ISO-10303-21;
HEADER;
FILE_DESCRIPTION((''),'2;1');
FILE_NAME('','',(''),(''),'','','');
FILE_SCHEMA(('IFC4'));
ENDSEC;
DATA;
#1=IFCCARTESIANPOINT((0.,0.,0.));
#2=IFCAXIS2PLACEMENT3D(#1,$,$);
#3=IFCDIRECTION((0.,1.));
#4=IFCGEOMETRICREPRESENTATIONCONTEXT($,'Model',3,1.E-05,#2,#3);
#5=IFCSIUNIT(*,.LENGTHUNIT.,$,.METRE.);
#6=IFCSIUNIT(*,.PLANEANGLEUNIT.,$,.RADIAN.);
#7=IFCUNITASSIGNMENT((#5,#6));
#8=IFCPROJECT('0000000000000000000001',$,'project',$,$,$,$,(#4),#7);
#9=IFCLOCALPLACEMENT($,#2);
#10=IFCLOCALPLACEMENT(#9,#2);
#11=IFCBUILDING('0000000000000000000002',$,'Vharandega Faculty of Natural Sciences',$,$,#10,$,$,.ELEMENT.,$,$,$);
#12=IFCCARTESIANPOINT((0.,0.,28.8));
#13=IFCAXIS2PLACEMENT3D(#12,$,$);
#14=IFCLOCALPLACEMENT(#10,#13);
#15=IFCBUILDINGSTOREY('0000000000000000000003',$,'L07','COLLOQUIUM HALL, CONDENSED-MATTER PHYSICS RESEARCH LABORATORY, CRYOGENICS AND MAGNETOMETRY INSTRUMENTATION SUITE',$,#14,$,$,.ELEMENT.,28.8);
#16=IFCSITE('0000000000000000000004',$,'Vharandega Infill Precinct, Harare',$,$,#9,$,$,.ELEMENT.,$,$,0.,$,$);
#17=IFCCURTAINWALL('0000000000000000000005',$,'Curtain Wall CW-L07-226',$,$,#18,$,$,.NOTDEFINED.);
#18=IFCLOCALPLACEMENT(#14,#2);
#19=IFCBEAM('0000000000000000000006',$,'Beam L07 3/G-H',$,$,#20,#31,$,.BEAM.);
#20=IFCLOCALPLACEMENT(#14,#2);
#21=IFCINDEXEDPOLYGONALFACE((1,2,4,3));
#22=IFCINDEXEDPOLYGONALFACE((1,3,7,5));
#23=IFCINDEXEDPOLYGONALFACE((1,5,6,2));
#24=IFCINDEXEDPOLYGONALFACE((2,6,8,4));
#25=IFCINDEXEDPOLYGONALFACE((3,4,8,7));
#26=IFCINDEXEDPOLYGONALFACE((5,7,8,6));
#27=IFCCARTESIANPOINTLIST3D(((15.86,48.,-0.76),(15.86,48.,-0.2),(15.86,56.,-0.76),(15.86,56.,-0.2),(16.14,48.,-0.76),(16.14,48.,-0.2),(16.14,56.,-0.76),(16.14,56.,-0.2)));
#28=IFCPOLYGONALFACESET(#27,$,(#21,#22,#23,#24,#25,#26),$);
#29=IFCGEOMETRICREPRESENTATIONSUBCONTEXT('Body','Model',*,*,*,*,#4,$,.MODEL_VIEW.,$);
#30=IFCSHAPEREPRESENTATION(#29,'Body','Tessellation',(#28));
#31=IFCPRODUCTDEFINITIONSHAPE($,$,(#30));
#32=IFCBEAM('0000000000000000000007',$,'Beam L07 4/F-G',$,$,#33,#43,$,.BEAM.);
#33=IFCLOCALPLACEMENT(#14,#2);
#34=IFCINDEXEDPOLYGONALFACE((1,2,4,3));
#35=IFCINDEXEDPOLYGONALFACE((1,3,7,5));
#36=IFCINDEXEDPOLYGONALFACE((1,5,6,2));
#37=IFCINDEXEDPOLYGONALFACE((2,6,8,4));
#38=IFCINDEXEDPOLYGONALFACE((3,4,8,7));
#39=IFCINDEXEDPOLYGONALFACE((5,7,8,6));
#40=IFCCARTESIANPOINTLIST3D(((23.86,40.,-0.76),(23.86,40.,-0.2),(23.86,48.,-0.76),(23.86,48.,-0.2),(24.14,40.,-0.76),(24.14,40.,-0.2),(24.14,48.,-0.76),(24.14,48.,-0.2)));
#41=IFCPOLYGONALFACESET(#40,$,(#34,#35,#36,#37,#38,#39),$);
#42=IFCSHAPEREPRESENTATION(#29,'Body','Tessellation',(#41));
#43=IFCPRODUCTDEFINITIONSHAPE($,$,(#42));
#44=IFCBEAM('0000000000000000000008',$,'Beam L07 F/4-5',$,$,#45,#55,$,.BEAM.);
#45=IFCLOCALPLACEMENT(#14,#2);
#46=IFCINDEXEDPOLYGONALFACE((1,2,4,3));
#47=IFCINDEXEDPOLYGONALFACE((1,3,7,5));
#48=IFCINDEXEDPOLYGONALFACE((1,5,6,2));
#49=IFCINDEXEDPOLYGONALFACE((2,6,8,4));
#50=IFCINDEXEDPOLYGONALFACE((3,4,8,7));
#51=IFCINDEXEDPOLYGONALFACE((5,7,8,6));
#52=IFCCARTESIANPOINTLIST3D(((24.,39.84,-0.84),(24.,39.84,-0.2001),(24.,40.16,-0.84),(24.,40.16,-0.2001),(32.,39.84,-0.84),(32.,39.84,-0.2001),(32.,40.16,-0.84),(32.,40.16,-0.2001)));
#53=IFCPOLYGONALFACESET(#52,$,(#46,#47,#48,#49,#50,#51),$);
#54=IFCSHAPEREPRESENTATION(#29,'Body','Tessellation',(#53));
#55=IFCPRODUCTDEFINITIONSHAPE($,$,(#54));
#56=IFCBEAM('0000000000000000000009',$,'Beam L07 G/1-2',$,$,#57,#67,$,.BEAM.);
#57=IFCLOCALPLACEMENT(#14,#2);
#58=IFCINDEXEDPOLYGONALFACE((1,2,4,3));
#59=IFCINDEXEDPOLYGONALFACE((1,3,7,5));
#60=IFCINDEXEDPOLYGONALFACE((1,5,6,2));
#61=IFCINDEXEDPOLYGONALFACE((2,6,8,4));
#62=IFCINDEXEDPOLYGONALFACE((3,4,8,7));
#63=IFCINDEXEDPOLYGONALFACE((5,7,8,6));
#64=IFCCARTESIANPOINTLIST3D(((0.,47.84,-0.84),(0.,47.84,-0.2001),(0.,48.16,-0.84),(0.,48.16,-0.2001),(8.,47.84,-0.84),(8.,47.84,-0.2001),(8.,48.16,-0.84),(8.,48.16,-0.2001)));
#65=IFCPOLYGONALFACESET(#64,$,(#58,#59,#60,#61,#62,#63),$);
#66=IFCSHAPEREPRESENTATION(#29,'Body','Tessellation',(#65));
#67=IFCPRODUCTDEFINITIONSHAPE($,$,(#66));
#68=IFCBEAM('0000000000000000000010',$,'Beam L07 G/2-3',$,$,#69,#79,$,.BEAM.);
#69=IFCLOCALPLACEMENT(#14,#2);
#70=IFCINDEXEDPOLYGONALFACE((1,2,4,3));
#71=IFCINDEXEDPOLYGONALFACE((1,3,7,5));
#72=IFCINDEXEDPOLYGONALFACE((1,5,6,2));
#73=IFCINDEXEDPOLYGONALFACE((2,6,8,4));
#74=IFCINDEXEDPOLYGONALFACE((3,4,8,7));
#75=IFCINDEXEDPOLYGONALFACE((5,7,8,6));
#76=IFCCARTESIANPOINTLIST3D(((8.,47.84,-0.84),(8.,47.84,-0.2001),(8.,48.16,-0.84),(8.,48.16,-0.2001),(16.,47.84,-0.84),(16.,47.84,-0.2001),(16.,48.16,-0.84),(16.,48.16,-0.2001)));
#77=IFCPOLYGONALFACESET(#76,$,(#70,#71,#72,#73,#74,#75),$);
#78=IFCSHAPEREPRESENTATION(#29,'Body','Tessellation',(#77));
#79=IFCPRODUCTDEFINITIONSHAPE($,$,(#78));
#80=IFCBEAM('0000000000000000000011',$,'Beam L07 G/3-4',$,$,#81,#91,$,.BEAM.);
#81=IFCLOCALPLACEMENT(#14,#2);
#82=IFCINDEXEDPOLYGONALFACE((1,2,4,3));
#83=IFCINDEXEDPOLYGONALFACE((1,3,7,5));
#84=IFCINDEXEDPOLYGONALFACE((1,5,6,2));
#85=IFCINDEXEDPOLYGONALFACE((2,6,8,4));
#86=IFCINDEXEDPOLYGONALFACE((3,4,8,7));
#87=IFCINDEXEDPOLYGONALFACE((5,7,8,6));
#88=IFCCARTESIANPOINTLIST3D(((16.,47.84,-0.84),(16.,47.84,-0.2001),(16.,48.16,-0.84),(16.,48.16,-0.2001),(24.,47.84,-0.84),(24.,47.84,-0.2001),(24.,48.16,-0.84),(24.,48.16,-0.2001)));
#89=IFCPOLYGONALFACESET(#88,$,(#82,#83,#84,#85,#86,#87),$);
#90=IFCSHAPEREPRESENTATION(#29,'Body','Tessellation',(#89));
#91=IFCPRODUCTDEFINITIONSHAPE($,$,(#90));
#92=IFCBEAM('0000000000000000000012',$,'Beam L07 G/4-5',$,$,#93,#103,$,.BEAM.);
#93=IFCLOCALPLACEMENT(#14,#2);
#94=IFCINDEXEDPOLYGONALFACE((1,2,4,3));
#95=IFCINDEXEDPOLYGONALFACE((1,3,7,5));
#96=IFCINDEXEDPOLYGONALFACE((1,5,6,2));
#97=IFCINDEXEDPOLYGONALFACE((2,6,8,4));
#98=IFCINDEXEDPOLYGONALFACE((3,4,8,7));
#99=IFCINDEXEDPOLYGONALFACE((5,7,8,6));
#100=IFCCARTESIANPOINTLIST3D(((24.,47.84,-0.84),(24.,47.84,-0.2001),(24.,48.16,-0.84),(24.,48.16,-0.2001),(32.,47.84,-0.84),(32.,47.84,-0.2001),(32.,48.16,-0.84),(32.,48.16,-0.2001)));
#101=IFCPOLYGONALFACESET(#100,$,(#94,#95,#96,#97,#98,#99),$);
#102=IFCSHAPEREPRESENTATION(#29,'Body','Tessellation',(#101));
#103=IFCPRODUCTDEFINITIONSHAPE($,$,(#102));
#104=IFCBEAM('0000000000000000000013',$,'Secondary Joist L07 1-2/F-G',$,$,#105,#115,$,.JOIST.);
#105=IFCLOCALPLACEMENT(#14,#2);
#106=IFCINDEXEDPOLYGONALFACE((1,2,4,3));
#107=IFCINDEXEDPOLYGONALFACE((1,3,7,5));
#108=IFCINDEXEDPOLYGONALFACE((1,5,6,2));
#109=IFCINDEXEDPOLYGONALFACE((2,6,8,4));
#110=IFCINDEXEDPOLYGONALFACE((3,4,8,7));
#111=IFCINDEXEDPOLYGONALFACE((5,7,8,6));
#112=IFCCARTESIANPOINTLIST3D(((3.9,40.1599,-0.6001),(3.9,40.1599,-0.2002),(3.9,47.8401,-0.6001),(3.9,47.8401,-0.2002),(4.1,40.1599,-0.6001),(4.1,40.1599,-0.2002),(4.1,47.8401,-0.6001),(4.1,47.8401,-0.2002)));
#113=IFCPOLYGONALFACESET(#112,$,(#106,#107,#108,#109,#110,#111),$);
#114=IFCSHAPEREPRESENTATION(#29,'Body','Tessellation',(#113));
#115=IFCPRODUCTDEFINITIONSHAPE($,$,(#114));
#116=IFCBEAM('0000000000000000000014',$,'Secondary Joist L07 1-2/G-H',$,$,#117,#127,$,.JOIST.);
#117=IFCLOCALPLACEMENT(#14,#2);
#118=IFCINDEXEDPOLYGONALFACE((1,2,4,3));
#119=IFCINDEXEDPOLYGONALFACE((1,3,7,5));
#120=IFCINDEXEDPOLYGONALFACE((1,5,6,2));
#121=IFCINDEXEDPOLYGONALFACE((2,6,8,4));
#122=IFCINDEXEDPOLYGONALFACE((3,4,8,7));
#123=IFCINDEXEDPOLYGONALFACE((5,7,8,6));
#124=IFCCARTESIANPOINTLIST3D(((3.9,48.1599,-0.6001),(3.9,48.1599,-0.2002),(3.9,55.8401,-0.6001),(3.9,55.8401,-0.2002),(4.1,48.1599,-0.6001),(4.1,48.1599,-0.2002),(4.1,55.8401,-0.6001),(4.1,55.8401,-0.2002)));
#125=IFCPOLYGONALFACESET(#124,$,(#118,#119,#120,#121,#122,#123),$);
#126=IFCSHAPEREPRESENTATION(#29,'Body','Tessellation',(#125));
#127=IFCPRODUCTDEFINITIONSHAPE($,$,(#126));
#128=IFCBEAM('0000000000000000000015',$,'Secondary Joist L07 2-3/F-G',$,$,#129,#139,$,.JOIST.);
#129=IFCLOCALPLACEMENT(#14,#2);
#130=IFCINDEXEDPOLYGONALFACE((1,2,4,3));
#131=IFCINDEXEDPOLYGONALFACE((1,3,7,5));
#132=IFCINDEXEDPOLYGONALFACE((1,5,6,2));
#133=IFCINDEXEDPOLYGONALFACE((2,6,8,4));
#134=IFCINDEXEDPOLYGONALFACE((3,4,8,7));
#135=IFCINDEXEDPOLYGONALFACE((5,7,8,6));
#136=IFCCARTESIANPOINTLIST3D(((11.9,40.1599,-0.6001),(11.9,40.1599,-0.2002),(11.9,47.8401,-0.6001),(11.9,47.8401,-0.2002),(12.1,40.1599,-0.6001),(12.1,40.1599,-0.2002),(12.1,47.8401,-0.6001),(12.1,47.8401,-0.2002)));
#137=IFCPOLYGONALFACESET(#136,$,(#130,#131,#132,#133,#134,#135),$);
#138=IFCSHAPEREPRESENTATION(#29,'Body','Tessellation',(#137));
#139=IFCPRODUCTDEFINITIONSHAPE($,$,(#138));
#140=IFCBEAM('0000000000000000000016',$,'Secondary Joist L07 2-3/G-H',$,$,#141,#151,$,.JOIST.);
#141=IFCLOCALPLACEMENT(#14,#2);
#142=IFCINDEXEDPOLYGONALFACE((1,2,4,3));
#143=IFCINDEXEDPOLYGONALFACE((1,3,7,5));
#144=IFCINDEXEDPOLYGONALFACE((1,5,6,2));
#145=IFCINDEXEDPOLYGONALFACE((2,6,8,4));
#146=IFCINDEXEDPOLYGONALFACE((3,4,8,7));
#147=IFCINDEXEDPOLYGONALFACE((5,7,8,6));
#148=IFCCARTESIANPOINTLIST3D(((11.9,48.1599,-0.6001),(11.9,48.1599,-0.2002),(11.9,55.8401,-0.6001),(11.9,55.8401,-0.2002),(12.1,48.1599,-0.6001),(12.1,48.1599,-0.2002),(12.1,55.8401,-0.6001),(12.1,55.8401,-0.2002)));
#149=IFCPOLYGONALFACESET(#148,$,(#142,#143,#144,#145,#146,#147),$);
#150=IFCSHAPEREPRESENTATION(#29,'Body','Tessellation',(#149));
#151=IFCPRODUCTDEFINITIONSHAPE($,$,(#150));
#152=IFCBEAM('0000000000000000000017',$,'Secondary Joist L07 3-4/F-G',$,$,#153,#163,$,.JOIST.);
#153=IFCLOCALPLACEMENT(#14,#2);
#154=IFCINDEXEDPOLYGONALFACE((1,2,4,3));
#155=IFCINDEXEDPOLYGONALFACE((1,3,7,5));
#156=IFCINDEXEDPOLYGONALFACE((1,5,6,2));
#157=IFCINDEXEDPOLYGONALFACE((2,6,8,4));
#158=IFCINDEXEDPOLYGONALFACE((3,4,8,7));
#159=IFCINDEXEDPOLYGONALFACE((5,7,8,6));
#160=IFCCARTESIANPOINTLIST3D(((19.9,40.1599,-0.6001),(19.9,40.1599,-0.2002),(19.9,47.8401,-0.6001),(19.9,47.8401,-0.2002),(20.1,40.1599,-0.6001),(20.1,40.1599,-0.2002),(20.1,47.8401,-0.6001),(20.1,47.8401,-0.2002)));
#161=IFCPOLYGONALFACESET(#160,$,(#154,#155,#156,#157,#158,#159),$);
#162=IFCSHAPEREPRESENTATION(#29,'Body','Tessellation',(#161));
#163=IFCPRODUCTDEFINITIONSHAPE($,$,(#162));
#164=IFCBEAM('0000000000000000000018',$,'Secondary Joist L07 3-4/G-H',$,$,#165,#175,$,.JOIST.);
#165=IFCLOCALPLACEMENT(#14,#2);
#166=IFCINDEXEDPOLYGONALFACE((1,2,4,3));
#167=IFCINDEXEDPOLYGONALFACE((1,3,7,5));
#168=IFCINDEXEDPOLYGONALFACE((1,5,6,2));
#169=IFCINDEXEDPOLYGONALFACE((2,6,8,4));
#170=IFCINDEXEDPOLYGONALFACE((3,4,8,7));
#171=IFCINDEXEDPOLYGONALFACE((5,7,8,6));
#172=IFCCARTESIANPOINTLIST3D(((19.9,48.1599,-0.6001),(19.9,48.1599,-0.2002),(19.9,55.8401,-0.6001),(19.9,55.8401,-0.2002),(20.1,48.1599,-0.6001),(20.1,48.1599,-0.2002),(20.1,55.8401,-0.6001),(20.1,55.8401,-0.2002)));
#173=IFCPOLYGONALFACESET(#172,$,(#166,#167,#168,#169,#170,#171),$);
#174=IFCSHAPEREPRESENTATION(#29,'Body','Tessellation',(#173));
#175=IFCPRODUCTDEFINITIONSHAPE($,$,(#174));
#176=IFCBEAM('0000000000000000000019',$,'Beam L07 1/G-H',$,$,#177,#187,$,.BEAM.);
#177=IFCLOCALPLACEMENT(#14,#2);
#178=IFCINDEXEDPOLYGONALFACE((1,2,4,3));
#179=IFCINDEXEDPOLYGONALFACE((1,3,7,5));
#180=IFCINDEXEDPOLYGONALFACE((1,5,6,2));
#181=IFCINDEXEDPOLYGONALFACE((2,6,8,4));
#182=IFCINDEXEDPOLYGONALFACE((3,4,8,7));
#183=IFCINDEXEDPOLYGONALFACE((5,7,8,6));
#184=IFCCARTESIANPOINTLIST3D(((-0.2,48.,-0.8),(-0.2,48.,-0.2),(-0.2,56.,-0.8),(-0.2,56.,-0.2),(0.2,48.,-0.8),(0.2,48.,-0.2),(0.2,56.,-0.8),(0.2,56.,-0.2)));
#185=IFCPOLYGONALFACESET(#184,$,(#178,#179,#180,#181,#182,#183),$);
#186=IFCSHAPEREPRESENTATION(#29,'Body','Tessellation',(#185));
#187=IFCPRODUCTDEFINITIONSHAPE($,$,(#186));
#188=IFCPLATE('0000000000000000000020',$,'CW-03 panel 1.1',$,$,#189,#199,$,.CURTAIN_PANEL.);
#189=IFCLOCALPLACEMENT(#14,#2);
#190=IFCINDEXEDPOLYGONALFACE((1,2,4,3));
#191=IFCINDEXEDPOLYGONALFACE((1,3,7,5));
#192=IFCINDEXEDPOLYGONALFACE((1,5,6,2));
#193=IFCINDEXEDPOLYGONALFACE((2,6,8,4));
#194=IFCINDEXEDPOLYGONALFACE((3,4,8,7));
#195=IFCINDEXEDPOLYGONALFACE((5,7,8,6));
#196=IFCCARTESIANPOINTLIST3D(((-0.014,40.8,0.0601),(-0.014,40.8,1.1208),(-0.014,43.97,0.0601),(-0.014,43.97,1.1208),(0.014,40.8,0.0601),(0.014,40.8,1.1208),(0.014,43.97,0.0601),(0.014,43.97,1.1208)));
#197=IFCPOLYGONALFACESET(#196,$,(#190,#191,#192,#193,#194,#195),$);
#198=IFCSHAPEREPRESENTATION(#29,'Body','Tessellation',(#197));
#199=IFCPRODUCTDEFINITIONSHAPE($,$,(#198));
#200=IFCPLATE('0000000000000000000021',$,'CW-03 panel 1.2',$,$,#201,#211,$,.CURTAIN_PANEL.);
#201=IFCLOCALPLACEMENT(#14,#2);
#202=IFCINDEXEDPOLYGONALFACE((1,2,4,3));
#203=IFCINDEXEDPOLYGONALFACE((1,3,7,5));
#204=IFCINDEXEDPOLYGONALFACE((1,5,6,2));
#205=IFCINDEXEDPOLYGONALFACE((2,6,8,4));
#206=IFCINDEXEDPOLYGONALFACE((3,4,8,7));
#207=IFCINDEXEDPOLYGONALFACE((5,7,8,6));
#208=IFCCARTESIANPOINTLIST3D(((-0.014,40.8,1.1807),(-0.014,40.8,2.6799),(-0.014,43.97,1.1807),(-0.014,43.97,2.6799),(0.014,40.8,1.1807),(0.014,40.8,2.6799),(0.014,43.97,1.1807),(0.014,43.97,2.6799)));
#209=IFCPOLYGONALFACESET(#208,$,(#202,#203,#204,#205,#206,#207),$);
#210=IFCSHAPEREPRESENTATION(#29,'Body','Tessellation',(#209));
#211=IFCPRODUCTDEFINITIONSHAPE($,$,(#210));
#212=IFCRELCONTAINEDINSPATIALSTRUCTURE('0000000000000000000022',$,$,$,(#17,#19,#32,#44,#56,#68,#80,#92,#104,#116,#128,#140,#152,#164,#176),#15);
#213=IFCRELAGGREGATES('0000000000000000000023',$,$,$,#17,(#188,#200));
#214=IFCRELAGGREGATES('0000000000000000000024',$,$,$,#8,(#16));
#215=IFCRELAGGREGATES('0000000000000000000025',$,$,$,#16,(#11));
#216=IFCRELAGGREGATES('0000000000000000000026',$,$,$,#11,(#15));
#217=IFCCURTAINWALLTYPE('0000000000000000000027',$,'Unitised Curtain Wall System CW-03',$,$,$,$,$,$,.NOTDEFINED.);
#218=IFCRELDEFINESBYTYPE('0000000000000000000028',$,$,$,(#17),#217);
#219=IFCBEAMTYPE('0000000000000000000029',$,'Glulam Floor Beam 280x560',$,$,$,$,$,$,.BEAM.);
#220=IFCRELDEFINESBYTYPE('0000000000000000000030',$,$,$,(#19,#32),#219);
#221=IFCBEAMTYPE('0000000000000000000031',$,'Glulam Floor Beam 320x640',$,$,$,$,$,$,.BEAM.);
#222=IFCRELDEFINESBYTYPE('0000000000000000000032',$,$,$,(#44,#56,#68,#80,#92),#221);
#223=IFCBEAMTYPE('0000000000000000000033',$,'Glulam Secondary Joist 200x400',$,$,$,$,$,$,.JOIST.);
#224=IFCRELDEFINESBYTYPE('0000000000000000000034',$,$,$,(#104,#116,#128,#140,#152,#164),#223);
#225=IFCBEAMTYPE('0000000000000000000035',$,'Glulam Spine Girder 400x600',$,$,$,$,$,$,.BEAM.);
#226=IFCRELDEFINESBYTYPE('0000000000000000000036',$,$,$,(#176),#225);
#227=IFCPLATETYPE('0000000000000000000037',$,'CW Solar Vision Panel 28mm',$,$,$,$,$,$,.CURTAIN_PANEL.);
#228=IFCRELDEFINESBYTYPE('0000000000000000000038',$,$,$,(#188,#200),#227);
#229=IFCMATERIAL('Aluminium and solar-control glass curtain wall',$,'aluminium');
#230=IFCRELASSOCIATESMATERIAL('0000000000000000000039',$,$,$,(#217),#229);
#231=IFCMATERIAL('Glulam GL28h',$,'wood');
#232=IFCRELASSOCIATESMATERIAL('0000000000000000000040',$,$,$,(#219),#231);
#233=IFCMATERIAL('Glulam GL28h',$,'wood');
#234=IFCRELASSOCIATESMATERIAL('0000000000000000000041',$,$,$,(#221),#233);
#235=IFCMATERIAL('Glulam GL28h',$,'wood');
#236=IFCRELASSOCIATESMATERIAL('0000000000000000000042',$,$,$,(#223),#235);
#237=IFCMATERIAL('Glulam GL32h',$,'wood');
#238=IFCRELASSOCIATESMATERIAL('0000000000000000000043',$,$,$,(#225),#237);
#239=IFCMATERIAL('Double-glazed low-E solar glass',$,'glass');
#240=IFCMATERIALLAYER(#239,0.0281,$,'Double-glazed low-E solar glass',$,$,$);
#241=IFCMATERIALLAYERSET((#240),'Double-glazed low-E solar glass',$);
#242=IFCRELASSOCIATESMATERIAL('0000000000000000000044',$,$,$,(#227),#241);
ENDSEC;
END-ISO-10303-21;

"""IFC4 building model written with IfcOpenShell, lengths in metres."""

from ifc_helpers import new_model, si_unit, direction, frame, origin, origin_2d, place, context, subcontext, project, spatial, rectangle, extrude, material, layer, layer_set, material_profile, profile_set, type_object, element, aggregate, save


model = new_model("IFC4")

# Units and contexts
model_context = context("Model", 3, precision=1e-05, world=origin(), true_north=direction((0.0, 1.0)))
body_context = subcontext(model_context, "Body", "Model", "MODEL_VIEW")
ifc_project = project(units=[si_unit("LENGTHUNIT", "METRE"), si_unit("PLANEANGLEUNIT", "RADIAN")], contexts=[model_context])

# Site, building, storey
site_placement = place(None, origin())
site = spatial("IfcSite", under=ifc_project, at=site_placement, Name="Vharandega Infill Precinct, Harare", CompositionType="ELEMENT", RefElevation=0.0)
building_placement = place(site_placement, origin())
building = spatial("IfcBuilding", under=site, at=building_placement, Name="Vharandega Faculty of Natural Sciences", CompositionType="ELEMENT")
storey_placement = place(building_placement, frame((0.0, 0.0, 28.8)))
storey = spatial("IfcBuildingStorey", under=building, at=storey_placement, Name="L07", Description="COLLOQUIUM HALL, CONDENSED-MATTER PHYSICS RESEARCH LABORATORY, CRYOGENICS AND MAGNETOMETRY INSTRUMENTATION SUITE", CompositionType="ELEMENT", Elevation=28.8)

# Curtain wall
ifc_material_1 = material(Name="Aluminium and solar-control glass curtain wall", Category="aluminium")
curtain_wall_type = type_object("IfcCurtainWallType", Name="Unitised Curtain Wall System CW-03", PredefinedType="NOTDEFINED", material=ifc_material_1)
curtain_wall_placement = place(storey_placement, origin())
curtain_wall = element("IfcCurtainWall", 1, at=curtain_wall_placement, inside=storey, type_object=curtain_wall_type, Name="Curtain Wall CW-L07-226", PredefinedType="NOTDEFINED")

# Beams
ifc_material_2 = material(Name="Glulam GL28h", Category="wood")
ifc_material_profile_1 = material_profile(ifc_material_2, rectangle(XDim=0.28, YDim=0.5601, at=origin_2d()), Name="GL28h 280x560")
ifc_profile_set_1 = profile_set([ifc_material_profile_1], Name="Glulam GL28h")
beam_type_1 = type_object("IfcBeamType", Name="Glulam Floor Beam 280x560", PredefinedType="BEAM", material=ifc_profile_set_1)
for number, where, z_axis, x_axis, name in (
    (2, (16.0, 48.0, -0.48), (0.0, 1.0, 0.0), (-1.0, 0.0, 0.0), "Beam L07 3/G-H"),
    (3, (24.0, 40.0, -0.48), (0.0, 1.0, 0.0), (-1.0, 0.0, 0.0), "Beam L07 4/F-G"),
):
    element("IfcBeam", number, at=place(storey_placement, frame(where, z_axis=z_axis, x_axis=x_axis)), inside=storey, type_object=beam_type_1, Name=name, PredefinedType="BEAM", context=body_context, shape_type="SweptSolid", body=[
        extrude(rectangle(XDim=0.28, YDim=0.5601, at=origin_2d()), origin(), (0.0, 0.0, 1.0), 8.0),
    ])
ifc_material_3 = material(Name="Glulam GL28h", Category="wood")
ifc_material_profile_2 = material_profile(ifc_material_3, rectangle(XDim=0.3201, YDim=0.6399, at=origin_2d()), Name="GL28h 320x640")
ifc_profile_set_2 = profile_set([ifc_material_profile_2], Name="Glulam GL28h")
beam_type_2 = type_object("IfcBeamType", Name="Glulam Floor Beam 320x640", PredefinedType="BEAM", material=ifc_profile_set_2)
for number, where, z_axis, x_axis, name in (
    (4, (24.0, 40.0, -0.52), (1.0, 0.0, 0.0), (0.0, 1.0, 0.0), "Beam L07 F/4-5"),
    (5, (0.0, 48.0, -0.52), (1.0, 0.0, 0.0), (0.0, 1.0, 0.0), "Beam L07 G/1-2"),
    (6, (8.0, 48.0, -0.52), (1.0, 0.0, 0.0), (0.0, 1.0, 0.0), "Beam L07 G/2-3"),
    (7, (16.0, 48.0, -0.52), (1.0, 0.0, 0.0), (0.0, 1.0, 0.0), "Beam L07 G/3-4"),
    (8, (24.0, 48.0, -0.52), (1.0, 0.0, 0.0), (0.0, 1.0, 0.0), "Beam L07 G/4-5"),
):
    element("IfcBeam", number, at=place(storey_placement, frame(where, z_axis=z_axis, x_axis=x_axis)), inside=storey, type_object=beam_type_2, Name=name, PredefinedType="BEAM", context=body_context, shape_type="SweptSolid", body=[
        extrude(rectangle(XDim=0.3201, YDim=0.6399, at=origin_2d()), origin(), (0.0, 0.0, 1.0), 8.0),
    ])
ifc_material_4 = material(Name="Glulam GL28h", Category="wood")
ifc_material_profile_3 = material_profile(ifc_material_4, rectangle(XDim=0.2, YDim=0.3999, at=origin_2d()), Name="GL28h 200x400")
ifc_profile_set_3 = profile_set([ifc_material_profile_3], Name="Glulam GL28h")
beam_type_3 = type_object("IfcBeamType", Name="Glulam Secondary Joist 200x400", PredefinedType="JOIST", material=ifc_profile_set_3)
for number, where, z_axis, x_axis, name in (
    (9, (4.0, 40.1599, -0.4001), (0.0, 1.0, 0.0), (-1.0, 0.0, 0.0), "Secondary Joist L07 1-2/F-G"),
    (10, (4.0, 48.1599, -0.4001), (0.0, 1.0, 0.0), (-1.0, 0.0, 0.0), "Secondary Joist L07 1-2/G-H"),
    (11, (12.0, 40.1599, -0.4001), (0.0, 1.0, 0.0), (-1.0, 0.0, 0.0), "Secondary Joist L07 2-3/F-G"),
    (12, (12.0, 48.1599, -0.4001), (0.0, 1.0, 0.0), (-1.0, 0.0, 0.0), "Secondary Joist L07 2-3/G-H"),
    (13, (20.0, 40.1599, -0.4001), (0.0, 1.0, 0.0), (-1.0, 0.0, 0.0), "Secondary Joist L07 3-4/F-G"),
    (14, (20.0, 48.1599, -0.4001), (0.0, 1.0, 0.0), (-1.0, 0.0, 0.0), "Secondary Joist L07 3-4/G-H"),
):
    element("IfcBeam", number, at=place(storey_placement, frame(where, z_axis=z_axis, x_axis=x_axis)), inside=storey, type_object=beam_type_3, Name=name, PredefinedType="JOIST", context=body_context, shape_type="SweptSolid", body=[
        extrude(rectangle(XDim=0.2, YDim=0.3999, at=origin_2d()), origin(), (0.0, 0.0, 1.0), 7.6802),
    ])
ifc_material_5 = material(Name="Glulam GL32h", Category="wood")
ifc_material_profile_4 = material_profile(ifc_material_5, rectangle(XDim=0.3999, YDim=0.6001, at=origin_2d()), Name="GL32h 400x600")
ifc_profile_set_4 = profile_set([ifc_material_profile_4], Name="Glulam GL32h")
beam_type_4 = type_object("IfcBeamType", Name="Glulam Spine Girder 400x600", PredefinedType="BEAM", material=ifc_profile_set_4)
beam_placement = place(storey_placement, frame((0.0, 48.0, -0.5), z_axis=(0.0, 1.0, 0.0), x_axis=(-1.0, 0.0, 0.0)))
element("IfcBeam", 15, at=beam_placement, inside=storey, type_object=beam_type_4, Name="Beam L07 1/G-H", PredefinedType="BEAM", context=body_context, shape_type="SweptSolid", body=[
    extrude(rectangle(XDim=0.3999, YDim=0.6001, at=origin_2d()), origin(), (0.0, 0.0, 1.0), 8.0),
])

# Plates
ifc_material_6 = material(Name="Double-glazed low-E solar glass", Category="glass")
ifc_layer_1 = layer(ifc_material_6, 0.0281, Name="Double-glazed low-E solar glass")
ifc_layer_set_1 = layer_set([ifc_layer_1], Name="Double-glazed low-E solar glass")
plate_type = type_object("IfcPlateType", Name="CW Solar Vision Panel 28mm", PredefinedType="CURTAIN_PANEL", material=ifc_layer_set_1)
plate_1_placement = place(storey_placement, frame((0.0, 42.385, 0.0601), z_axis=(0.0, 0.0, 1.0), x_axis=(0.0, 1.0, 0.0)))
plate_1 = element("IfcPlate", 16, at=plate_1_placement, type_object=plate_type, Name="CW-03 panel 1.1", PredefinedType="CURTAIN_PANEL", context=body_context, shape_type="SweptSolid", body=[
    extrude(rectangle(XDim=3.1699, YDim=0.0281, at=origin_2d()), origin(), (0.0, 0.0, 1.0), 1.0608),
])
plate_2_placement = place(storey_placement, frame((0.0, 42.385, 1.1807), z_axis=(0.0, 0.0, 1.0), x_axis=(0.0, 1.0, 0.0)))
plate_2 = element("IfcPlate", 17, at=plate_2_placement, type_object=plate_type, Name="CW-03 panel 1.2", PredefinedType="CURTAIN_PANEL", context=body_context, shape_type="SweptSolid", body=[
    extrude(rectangle(XDim=3.1699, YDim=0.0281, at=origin_2d()), origin(), (0.0, 0.0, 1.0), 1.4993),
])
aggregate(curtain_wall, [plate_1, plate_2])

save(model, "model.ifc")
